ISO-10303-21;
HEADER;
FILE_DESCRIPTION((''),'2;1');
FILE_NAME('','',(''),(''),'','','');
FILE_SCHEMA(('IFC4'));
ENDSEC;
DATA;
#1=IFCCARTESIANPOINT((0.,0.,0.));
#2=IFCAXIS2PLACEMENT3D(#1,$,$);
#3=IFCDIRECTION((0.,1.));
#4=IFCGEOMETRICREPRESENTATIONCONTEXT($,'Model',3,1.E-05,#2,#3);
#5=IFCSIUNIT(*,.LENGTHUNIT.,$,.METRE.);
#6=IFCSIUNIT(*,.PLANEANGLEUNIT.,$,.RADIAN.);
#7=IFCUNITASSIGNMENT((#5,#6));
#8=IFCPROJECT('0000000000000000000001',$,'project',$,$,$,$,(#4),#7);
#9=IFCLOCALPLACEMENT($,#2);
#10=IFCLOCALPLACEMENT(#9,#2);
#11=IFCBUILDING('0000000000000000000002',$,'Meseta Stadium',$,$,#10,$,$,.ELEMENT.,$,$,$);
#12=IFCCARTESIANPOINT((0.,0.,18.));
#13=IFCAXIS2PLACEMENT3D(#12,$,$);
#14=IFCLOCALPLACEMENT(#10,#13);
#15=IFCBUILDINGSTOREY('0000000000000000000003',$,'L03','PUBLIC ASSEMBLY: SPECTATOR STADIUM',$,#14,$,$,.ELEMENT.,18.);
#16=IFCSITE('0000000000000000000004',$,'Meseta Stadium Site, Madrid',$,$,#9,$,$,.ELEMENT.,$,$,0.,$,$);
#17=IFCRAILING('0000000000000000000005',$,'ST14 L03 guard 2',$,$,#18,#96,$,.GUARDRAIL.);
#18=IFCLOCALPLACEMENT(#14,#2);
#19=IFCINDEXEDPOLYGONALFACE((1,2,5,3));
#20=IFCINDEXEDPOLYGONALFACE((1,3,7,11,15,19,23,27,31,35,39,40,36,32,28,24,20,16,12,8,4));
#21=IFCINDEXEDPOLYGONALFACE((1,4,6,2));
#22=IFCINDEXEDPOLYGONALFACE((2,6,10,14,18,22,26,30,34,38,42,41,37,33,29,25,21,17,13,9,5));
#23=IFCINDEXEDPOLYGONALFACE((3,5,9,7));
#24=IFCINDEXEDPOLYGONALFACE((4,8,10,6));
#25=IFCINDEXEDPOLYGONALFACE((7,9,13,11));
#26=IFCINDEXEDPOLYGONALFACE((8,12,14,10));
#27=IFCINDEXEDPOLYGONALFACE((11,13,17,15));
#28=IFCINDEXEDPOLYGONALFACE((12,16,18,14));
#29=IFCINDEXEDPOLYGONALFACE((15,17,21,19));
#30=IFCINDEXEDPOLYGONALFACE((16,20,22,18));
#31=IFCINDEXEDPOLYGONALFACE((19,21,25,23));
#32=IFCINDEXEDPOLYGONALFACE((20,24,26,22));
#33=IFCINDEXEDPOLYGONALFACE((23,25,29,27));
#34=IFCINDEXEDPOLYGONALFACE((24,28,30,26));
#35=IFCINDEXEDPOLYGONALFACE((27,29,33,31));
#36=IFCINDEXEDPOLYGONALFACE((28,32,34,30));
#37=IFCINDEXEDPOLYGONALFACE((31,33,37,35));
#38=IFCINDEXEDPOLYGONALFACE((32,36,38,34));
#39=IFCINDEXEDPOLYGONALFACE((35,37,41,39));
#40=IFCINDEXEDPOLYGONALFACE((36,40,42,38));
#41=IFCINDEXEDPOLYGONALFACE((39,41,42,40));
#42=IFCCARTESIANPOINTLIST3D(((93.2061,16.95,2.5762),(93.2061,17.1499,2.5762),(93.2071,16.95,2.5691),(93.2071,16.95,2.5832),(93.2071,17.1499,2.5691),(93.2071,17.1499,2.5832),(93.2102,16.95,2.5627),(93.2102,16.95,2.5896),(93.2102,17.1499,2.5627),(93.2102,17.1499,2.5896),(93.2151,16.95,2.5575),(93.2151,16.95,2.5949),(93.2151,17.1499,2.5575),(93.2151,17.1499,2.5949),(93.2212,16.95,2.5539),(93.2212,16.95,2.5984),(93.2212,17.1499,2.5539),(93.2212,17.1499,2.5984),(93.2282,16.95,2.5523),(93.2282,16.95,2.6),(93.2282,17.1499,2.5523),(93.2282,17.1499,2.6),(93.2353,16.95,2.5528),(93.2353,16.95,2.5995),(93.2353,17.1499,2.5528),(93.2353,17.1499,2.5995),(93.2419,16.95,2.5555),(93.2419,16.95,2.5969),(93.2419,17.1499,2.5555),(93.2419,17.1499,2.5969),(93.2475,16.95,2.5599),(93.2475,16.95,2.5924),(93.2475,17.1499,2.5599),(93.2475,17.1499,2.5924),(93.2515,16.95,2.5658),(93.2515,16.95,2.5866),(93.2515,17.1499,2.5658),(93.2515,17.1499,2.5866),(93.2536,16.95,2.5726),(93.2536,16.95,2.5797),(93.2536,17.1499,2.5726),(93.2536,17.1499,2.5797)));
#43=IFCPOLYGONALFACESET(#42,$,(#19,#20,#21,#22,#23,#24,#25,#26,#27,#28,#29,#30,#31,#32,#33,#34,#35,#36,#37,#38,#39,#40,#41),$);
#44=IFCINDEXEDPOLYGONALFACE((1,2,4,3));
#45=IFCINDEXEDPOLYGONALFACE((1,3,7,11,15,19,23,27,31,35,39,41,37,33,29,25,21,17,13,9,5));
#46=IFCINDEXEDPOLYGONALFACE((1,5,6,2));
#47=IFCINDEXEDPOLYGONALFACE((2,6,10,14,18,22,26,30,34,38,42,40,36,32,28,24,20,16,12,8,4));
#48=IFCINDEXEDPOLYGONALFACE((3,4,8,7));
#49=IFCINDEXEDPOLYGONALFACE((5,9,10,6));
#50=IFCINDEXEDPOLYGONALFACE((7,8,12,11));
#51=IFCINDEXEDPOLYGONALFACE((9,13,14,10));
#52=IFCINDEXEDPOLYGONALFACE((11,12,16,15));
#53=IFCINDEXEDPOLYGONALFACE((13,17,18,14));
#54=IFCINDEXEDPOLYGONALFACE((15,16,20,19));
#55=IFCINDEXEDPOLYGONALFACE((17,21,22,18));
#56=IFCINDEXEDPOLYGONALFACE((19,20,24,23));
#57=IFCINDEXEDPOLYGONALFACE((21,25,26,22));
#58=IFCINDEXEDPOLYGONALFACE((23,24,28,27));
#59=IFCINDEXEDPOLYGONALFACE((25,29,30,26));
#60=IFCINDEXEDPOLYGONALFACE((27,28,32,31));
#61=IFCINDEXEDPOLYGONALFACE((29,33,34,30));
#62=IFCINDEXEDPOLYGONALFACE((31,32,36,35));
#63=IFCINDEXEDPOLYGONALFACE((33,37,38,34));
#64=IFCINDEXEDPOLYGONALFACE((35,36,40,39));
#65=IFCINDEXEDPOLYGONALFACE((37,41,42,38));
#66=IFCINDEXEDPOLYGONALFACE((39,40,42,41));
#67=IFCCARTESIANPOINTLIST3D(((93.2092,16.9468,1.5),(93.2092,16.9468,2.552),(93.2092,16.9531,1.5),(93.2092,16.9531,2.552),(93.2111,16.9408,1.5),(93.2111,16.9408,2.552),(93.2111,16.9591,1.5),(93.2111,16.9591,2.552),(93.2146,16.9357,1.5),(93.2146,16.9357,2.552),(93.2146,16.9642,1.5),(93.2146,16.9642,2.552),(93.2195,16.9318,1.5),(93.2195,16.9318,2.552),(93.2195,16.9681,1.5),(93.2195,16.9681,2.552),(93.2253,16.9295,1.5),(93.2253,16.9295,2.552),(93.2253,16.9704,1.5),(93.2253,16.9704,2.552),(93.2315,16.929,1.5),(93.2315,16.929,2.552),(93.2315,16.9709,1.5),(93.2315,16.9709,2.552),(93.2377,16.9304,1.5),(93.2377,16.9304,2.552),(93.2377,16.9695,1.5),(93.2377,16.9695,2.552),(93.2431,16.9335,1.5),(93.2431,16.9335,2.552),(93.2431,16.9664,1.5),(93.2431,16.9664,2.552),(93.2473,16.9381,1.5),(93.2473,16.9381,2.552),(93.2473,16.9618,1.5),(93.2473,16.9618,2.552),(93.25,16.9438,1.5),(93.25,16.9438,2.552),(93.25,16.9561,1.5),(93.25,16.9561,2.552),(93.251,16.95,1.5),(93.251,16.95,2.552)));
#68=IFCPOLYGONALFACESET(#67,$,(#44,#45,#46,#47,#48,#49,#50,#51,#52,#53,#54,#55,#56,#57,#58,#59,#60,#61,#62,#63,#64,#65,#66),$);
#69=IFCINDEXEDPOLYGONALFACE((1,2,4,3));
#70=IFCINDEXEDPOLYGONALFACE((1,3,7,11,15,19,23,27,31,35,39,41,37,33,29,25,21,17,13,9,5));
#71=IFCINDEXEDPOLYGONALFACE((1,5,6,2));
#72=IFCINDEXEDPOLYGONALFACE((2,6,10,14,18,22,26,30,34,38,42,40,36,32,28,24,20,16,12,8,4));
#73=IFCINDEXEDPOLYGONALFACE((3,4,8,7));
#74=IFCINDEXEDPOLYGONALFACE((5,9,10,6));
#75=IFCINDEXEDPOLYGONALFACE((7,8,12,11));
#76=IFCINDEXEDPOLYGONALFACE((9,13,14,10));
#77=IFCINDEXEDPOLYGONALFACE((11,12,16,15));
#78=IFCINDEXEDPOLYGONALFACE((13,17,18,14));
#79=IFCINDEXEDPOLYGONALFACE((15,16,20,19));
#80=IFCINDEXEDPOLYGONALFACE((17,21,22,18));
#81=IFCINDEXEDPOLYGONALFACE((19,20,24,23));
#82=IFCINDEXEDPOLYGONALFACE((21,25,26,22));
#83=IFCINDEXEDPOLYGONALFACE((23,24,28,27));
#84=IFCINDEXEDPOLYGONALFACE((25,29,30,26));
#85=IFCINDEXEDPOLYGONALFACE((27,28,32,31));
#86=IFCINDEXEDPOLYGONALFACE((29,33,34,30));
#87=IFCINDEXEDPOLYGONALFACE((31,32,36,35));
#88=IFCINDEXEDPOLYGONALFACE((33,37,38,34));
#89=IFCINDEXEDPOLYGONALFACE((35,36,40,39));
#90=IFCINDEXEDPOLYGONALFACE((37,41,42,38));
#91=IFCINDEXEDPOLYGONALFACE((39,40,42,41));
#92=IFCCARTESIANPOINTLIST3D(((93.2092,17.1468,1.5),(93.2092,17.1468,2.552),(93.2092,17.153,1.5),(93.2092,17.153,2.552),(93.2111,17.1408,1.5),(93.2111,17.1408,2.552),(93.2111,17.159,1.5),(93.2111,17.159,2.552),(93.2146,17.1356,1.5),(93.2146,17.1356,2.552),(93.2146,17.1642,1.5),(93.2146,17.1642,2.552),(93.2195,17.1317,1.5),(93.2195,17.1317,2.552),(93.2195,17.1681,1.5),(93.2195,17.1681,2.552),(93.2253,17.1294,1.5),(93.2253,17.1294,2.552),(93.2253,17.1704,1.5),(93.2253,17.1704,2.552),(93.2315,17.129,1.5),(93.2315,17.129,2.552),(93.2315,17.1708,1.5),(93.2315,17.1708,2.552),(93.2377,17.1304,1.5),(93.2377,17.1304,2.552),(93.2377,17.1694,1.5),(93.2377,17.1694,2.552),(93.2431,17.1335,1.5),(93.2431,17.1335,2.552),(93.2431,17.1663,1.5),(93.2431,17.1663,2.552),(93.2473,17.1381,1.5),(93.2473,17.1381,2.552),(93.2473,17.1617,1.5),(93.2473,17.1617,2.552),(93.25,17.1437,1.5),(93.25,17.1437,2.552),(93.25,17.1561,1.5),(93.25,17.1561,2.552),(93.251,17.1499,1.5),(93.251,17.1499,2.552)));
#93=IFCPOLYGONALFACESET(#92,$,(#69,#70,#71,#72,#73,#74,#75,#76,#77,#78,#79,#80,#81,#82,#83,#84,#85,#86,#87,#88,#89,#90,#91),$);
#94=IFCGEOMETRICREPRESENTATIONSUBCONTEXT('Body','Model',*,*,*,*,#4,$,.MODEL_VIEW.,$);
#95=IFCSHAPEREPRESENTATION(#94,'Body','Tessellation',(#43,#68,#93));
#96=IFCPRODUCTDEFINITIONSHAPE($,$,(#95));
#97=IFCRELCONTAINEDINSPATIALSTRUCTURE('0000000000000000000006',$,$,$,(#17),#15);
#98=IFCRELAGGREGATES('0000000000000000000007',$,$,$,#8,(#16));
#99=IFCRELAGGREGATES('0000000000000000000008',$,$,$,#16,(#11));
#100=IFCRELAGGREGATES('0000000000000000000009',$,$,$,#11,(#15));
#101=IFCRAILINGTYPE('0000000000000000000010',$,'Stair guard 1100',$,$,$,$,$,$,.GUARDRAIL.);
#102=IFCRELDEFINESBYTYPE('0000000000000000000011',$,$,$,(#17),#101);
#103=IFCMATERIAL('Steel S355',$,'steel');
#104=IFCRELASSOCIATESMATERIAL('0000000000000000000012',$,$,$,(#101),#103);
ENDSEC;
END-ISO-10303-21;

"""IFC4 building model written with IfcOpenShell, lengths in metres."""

from ifc_helpers import new_model, si_unit, direction, frame, origin, origin_2d, place, context, subcontext, project, spatial, circle, extrude, material, type_object, element, save


model = new_model("IFC4")

# Units and contexts
model_context = context("Model", 3, precision=1e-05, world=origin(), true_north=direction((0.0, 1.0)))
body_context = subcontext(model_context, "Body", "Model", "MODEL_VIEW")
ifc_project = project(units=[si_unit("LENGTHUNIT", "METRE"), si_unit("PLANEANGLEUNIT", "RADIAN")], contexts=[model_context])

# Site, building, storey
site_placement = place(None, origin())
site = spatial("IfcSite", under=ifc_project, at=site_placement, Name="Meseta Stadium Site, Madrid", CompositionType="ELEMENT", RefElevation=0.0)
building_placement = place(site_placement, origin())
building = spatial("IfcBuilding", under=site, at=building_placement, Name="Meseta Stadium", CompositionType="ELEMENT")
storey_placement = place(building_placement, frame((0.0, 0.0, 18.0)))
storey = spatial("IfcBuildingStorey", under=building, at=storey_placement, Name="L03", Description="PUBLIC ASSEMBLY: SPECTATOR STADIUM", CompositionType="ELEMENT", Elevation=18.0)

# Railing
ifc_material_1 = material(Name="Steel S355", Category="steel")
railing_type_1 = type_object("IfcRailingType", Name="Stair guard 1100", PredefinedType="GUARDRAIL", material=ifc_material_1)
railing_1_placement = place(storey_placement, frame((93.23, 16.95, 1.5)))
element("IfcRailing", 1, at=railing_1_placement, inside=storey, type_object=railing_type_1, Name="ST14 L03 guard 2", PredefinedType="GUARDRAIL", context=body_context, shape_type="SweptSolid", body=[
    extrude(circle(Radius=0.0239, at=origin_2d()), frame((0.0, 0.0, 1.0762), z_axis=(0.0, 1.0, 0.0), x_axis=(-1.0, 0.0, 0.0)), (0.0, 0.0, 1.0), 0.2),
    extrude(circle(Radius=0.021, at=origin_2d()), origin(), (0.0, 0.0, 1.0), 1.052),
    extrude(circle(Radius=0.021, at=origin_2d()), frame((0.0, 0.2, 0.0)), (0.0, 0.0, 1.0), 1.052),
])

save(model, "model.ifc")
